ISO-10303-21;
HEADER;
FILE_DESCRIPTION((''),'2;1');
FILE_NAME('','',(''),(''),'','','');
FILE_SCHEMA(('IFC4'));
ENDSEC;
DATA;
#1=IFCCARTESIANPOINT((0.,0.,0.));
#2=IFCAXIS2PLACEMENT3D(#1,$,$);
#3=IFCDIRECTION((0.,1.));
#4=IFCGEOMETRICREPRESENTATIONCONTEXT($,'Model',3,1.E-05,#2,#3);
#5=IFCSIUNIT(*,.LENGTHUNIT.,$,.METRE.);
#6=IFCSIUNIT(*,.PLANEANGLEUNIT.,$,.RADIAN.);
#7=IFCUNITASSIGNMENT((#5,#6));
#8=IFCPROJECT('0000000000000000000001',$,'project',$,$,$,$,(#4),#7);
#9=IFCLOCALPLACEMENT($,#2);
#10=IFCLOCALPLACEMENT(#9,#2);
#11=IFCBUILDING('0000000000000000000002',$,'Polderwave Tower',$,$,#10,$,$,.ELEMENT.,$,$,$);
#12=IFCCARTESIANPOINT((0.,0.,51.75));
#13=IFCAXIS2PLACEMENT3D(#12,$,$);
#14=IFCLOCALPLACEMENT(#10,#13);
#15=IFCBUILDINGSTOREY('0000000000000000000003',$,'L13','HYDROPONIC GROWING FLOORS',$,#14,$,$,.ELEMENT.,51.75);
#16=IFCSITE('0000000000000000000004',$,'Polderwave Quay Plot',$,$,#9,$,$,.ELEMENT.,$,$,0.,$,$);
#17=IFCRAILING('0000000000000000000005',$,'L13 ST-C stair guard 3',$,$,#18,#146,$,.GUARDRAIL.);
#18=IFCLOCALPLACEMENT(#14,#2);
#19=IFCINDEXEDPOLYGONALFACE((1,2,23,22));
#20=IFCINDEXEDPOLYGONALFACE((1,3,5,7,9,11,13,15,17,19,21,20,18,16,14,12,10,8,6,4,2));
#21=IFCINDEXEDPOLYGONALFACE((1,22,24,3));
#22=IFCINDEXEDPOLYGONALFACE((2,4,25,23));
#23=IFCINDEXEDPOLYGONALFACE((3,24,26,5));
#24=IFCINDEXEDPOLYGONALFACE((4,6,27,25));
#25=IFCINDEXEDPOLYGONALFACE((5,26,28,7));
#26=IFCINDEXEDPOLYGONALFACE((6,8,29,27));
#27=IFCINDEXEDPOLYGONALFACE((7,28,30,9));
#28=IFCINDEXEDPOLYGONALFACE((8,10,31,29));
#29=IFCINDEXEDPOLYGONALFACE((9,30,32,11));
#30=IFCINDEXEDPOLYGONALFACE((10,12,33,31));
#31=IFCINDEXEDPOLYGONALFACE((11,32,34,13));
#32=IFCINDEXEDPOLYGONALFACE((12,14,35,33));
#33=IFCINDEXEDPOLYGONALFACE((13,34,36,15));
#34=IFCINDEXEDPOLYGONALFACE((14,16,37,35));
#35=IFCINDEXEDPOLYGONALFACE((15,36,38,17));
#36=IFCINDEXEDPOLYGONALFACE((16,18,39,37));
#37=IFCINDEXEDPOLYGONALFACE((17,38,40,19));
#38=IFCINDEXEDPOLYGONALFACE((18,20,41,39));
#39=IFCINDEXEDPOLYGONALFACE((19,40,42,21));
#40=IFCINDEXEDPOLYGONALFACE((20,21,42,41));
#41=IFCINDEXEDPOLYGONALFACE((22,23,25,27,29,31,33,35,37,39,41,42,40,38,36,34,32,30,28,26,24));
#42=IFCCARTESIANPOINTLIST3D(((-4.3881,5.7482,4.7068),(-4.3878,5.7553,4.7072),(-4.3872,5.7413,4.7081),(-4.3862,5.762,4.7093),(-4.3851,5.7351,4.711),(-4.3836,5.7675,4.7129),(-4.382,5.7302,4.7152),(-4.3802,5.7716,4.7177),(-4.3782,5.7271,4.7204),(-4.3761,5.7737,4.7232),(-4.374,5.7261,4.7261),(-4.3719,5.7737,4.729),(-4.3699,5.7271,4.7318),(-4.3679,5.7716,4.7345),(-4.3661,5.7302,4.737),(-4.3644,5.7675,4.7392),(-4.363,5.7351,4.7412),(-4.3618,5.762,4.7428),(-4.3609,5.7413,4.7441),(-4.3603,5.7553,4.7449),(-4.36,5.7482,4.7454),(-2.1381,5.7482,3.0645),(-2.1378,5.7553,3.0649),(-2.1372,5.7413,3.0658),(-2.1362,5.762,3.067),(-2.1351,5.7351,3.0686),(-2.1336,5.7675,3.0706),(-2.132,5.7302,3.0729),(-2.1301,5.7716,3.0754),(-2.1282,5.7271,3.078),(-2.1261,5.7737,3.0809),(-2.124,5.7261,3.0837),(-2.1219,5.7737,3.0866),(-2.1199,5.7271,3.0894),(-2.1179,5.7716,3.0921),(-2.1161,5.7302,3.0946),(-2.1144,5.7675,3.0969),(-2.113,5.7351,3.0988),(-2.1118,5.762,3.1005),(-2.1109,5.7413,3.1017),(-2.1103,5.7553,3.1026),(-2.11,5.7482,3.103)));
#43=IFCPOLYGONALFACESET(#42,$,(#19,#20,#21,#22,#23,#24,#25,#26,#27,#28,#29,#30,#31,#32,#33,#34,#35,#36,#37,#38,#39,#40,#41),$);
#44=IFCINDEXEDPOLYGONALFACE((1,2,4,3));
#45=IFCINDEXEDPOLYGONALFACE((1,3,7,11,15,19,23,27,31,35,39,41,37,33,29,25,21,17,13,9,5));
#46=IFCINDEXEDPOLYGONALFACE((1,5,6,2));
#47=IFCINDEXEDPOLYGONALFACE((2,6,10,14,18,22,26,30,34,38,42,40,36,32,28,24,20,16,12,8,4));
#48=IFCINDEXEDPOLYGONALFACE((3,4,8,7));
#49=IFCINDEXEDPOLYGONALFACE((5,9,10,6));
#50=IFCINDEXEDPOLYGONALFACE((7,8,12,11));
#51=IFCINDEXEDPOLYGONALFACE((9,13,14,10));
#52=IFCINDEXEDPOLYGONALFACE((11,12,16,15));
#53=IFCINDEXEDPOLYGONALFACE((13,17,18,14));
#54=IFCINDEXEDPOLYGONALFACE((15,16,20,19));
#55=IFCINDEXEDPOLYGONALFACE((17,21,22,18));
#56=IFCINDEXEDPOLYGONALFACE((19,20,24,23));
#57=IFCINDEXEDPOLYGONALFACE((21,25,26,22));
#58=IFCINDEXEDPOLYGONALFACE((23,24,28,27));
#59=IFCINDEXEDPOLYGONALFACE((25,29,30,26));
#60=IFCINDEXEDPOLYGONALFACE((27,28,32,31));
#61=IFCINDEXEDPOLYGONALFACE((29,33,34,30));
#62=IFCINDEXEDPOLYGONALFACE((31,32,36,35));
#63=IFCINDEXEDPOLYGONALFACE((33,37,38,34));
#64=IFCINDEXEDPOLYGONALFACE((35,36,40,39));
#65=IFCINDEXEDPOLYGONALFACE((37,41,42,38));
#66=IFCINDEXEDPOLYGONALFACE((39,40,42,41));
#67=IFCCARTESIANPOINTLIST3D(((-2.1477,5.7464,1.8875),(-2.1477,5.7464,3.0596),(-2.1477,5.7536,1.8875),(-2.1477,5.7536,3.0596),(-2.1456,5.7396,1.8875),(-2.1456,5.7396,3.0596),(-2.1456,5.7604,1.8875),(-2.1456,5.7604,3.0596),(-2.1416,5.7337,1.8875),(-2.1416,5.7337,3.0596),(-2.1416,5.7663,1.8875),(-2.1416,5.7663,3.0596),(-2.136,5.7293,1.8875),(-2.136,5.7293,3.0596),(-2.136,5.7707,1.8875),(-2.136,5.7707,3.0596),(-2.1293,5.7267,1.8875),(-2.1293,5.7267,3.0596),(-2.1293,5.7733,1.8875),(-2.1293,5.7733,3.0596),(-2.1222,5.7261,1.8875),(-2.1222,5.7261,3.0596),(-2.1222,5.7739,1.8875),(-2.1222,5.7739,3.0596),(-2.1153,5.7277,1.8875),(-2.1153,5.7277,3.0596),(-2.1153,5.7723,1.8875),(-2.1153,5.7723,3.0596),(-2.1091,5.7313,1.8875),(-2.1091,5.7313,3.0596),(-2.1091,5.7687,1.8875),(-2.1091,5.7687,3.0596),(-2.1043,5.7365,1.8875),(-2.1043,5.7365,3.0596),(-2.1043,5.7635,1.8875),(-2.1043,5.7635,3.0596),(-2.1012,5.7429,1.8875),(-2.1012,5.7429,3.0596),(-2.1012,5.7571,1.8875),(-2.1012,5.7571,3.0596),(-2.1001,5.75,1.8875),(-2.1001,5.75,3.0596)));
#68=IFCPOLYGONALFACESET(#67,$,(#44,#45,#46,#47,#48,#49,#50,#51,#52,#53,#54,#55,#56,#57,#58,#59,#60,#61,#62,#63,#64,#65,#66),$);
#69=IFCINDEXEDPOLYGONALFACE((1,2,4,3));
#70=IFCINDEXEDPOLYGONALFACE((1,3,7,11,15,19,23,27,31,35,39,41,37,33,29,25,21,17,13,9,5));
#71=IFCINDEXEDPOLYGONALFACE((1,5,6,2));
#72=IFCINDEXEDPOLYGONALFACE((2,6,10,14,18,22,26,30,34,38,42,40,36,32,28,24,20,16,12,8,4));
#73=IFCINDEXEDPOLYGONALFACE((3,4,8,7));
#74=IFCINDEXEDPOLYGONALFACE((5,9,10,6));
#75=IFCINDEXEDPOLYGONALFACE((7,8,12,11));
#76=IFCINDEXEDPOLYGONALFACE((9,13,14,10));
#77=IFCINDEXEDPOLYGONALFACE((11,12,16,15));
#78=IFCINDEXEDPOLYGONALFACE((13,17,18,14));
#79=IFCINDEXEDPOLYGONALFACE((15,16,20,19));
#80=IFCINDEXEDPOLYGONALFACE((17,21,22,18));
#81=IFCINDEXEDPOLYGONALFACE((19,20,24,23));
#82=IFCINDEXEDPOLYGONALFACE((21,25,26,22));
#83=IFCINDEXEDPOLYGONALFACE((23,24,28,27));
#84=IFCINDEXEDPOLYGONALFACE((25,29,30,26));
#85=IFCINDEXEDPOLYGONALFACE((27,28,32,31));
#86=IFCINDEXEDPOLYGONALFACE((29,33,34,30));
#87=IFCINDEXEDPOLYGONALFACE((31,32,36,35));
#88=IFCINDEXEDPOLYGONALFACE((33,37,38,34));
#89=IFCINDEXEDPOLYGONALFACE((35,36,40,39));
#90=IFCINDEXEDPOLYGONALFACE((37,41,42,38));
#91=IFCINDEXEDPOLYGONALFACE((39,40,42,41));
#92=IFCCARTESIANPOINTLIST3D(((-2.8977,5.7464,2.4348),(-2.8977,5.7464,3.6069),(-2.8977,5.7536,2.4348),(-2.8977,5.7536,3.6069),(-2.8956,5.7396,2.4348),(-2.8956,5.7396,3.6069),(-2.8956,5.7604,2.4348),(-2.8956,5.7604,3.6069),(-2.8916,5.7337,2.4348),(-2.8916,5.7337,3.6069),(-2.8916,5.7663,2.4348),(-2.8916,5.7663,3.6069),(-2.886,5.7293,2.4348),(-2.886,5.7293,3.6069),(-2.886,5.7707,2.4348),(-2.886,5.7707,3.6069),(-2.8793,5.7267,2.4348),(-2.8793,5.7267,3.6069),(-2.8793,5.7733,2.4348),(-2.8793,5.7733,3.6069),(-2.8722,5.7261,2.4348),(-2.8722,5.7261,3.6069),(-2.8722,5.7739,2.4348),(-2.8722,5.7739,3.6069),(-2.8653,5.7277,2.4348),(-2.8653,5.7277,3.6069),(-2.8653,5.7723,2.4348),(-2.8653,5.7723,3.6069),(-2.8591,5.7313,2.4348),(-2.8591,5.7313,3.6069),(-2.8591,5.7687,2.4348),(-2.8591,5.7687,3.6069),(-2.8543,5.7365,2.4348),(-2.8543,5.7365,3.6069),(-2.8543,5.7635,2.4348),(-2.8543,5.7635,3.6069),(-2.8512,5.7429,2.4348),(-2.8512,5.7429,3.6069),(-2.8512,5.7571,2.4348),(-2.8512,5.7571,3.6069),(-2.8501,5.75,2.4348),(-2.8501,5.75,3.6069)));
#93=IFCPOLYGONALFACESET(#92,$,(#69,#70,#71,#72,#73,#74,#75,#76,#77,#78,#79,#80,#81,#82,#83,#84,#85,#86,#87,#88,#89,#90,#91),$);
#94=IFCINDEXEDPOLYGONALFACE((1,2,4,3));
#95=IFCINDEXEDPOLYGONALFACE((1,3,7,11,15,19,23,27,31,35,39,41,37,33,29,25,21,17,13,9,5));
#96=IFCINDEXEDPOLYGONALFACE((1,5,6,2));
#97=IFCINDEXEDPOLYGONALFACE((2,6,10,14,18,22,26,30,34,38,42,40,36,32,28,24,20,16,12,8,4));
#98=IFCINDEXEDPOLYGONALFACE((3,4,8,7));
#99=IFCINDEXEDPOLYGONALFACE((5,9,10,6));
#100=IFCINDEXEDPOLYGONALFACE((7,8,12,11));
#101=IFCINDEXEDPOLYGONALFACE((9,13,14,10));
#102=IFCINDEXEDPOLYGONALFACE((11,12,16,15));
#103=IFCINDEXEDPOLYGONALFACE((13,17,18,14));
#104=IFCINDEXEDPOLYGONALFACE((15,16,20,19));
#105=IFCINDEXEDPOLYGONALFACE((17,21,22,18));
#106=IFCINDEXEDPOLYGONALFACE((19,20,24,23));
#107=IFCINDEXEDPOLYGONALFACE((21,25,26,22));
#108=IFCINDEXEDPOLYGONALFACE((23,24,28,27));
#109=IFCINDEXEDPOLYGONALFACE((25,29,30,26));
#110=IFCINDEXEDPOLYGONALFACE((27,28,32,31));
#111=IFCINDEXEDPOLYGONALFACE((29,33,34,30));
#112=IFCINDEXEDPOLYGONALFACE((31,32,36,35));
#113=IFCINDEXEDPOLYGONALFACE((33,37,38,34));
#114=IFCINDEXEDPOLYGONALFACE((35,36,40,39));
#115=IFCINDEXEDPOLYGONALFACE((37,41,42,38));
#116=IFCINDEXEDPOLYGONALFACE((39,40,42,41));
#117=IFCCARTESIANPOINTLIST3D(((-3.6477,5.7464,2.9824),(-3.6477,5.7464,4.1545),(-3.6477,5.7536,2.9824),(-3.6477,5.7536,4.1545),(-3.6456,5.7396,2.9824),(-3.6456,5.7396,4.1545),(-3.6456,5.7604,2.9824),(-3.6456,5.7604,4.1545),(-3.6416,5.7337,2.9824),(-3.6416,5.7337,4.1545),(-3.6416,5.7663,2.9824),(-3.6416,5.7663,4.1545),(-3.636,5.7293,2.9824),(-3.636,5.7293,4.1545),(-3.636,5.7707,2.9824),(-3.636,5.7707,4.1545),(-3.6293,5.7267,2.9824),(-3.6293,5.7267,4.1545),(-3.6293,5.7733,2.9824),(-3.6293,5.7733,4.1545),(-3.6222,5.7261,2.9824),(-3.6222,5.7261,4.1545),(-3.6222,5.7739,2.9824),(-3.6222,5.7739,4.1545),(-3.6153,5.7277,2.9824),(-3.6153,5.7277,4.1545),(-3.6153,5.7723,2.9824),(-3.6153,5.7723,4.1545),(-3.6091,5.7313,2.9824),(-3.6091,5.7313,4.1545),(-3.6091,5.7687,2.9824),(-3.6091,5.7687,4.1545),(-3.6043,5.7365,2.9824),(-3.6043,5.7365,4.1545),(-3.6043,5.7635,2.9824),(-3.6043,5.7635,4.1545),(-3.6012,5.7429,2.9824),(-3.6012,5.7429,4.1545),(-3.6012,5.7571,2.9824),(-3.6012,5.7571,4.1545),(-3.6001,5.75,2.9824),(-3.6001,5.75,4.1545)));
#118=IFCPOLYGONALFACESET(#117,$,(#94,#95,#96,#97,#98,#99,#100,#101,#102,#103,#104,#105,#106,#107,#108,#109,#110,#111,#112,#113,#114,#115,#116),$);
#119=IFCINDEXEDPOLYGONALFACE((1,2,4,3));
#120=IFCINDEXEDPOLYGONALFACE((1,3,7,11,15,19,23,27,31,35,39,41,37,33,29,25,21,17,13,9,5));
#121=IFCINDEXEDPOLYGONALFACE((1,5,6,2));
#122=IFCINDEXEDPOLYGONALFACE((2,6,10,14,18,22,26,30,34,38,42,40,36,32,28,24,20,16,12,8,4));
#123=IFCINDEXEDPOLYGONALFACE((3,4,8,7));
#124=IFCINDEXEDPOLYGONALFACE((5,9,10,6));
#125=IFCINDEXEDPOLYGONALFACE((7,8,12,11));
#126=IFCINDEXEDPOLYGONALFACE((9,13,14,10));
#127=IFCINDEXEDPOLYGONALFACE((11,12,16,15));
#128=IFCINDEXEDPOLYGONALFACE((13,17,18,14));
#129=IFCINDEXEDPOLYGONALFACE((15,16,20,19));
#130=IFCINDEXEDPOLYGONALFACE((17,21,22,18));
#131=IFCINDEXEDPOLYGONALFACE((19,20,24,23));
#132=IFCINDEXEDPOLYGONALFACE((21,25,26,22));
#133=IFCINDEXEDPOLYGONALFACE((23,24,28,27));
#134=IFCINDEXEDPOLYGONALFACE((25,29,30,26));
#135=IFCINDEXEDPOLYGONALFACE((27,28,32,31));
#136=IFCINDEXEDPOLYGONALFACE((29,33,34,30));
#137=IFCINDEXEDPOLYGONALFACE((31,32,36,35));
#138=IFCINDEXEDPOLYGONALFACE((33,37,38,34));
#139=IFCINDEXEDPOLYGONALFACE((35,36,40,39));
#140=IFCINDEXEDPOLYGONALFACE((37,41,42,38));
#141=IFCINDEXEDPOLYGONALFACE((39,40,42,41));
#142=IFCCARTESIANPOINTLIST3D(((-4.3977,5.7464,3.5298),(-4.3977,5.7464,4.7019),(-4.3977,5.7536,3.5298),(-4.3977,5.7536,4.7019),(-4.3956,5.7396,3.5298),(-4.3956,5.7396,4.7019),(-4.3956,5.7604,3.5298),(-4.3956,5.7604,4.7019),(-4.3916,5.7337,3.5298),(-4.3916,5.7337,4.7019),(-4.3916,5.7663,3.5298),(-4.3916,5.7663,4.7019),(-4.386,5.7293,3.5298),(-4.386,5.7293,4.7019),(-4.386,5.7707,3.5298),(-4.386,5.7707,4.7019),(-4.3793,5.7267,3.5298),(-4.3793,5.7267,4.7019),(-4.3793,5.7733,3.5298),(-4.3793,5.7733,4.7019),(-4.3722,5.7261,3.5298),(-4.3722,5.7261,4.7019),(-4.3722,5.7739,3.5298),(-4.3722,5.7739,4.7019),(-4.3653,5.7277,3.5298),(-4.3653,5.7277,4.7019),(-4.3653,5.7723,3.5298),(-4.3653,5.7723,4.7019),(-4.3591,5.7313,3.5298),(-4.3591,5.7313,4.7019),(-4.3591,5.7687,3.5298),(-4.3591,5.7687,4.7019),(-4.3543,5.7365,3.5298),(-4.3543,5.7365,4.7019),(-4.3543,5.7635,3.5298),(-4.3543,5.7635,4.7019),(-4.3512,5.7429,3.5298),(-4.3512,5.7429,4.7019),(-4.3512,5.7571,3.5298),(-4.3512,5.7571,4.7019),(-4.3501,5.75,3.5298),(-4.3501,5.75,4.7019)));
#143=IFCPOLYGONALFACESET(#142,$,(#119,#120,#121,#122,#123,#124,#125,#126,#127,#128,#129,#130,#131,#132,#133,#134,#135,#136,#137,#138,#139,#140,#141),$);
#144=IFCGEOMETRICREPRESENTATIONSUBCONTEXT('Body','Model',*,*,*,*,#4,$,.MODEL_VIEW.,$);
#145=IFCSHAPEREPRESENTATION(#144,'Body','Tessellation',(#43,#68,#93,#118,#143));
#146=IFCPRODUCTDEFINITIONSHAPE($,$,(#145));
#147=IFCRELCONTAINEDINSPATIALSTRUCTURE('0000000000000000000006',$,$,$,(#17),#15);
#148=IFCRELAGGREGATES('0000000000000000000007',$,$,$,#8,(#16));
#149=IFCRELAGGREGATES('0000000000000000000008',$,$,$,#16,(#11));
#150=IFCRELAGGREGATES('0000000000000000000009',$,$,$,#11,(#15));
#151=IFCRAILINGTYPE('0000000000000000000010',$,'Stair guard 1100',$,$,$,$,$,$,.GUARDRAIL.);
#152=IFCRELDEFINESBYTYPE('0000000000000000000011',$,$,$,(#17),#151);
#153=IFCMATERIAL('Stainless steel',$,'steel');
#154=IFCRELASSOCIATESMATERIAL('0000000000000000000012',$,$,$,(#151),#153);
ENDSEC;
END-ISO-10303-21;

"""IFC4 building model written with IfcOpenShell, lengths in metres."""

from ifc_helpers import new_model, si_unit, direction, frame, origin, origin_2d, place, context, subcontext, project, spatial, circle, extrude, material, type_object, element, save


model = new_model("IFC4")

# Units and contexts
model_context = context("Model", 3, precision=1e-05, world=origin(), true_north=direction((0.0, 1.0)))
body_context = subcontext(model_context, "Body", "Model", "MODEL_VIEW")
ifc_project = project(units=[si_unit("LENGTHUNIT", "METRE"), si_unit("PLANEANGLEUNIT", "RADIAN")], contexts=[model_context])

# Site, building, storey
site_placement = place(None, origin())
site = spatial("IfcSite", under=ifc_project, at=site_placement, Name="Polderwave Quay Plot", CompositionType="ELEMENT", RefElevation=0.0)
building_placement = place(site_placement, origin())
building = spatial("IfcBuilding", under=site, at=building_placement, Name="Polderwave Tower", CompositionType="ELEMENT")
storey_placement = place(building_placement, frame((0.0, 0.0, 51.75)))
storey = spatial("IfcBuildingStorey", under=building, at=storey_placement, Name="L13", Description="HYDROPONIC GROWING FLOORS", CompositionType="ELEMENT", Elevation=51.75)

# Railing
ifc_material_1 = material(Name="Stainless steel", Category="steel")
railing_type_1 = type_object("IfcRailingType", Name="Stair guard 1100", PredefinedType="GUARDRAIL", material=ifc_material_1)
railing_1_placement = place(storey_placement, frame((-2.124, 5.75, 1.8875)))
element("IfcRailing", 1, at=railing_1_placement, inside=storey, type_object=railing_type_1, Name="L13 ST-C stair guard 3", PredefinedType="GUARDRAIL", context=body_context, shape_type="SweptSolid", body=[
    extrude(circle(Radius=0.0239, at=origin_2d()), frame((0.0, 0.0, 1.1963), z_axis=(-0.807715, 0.0, 0.589573), x_axis=(0.0, -1.0, 0.0)), (0.0, 0.0, 1.0), 2.7856),
    extrude(circle(Radius=0.0239, at=origin_2d()), origin(), (0.0, 0.0, 1.0), 1.1721),
    extrude(circle(Radius=0.0239, at=origin_2d()), frame((-0.75, 0.0, 0.5474)), (0.0, 0.0, 1.0), 1.1721),
    extrude(circle(Radius=0.0239, at=origin_2d()), frame((-1.5, 0.0, 1.095)), (0.0, 0.0, 1.0), 1.1721),
    extrude(circle(Radius=0.0239, at=origin_2d()), frame((-2.25, 0.0, 1.6423)), (0.0, 0.0, 1.0), 1.1721),
])

save(model, "model.ifc")
